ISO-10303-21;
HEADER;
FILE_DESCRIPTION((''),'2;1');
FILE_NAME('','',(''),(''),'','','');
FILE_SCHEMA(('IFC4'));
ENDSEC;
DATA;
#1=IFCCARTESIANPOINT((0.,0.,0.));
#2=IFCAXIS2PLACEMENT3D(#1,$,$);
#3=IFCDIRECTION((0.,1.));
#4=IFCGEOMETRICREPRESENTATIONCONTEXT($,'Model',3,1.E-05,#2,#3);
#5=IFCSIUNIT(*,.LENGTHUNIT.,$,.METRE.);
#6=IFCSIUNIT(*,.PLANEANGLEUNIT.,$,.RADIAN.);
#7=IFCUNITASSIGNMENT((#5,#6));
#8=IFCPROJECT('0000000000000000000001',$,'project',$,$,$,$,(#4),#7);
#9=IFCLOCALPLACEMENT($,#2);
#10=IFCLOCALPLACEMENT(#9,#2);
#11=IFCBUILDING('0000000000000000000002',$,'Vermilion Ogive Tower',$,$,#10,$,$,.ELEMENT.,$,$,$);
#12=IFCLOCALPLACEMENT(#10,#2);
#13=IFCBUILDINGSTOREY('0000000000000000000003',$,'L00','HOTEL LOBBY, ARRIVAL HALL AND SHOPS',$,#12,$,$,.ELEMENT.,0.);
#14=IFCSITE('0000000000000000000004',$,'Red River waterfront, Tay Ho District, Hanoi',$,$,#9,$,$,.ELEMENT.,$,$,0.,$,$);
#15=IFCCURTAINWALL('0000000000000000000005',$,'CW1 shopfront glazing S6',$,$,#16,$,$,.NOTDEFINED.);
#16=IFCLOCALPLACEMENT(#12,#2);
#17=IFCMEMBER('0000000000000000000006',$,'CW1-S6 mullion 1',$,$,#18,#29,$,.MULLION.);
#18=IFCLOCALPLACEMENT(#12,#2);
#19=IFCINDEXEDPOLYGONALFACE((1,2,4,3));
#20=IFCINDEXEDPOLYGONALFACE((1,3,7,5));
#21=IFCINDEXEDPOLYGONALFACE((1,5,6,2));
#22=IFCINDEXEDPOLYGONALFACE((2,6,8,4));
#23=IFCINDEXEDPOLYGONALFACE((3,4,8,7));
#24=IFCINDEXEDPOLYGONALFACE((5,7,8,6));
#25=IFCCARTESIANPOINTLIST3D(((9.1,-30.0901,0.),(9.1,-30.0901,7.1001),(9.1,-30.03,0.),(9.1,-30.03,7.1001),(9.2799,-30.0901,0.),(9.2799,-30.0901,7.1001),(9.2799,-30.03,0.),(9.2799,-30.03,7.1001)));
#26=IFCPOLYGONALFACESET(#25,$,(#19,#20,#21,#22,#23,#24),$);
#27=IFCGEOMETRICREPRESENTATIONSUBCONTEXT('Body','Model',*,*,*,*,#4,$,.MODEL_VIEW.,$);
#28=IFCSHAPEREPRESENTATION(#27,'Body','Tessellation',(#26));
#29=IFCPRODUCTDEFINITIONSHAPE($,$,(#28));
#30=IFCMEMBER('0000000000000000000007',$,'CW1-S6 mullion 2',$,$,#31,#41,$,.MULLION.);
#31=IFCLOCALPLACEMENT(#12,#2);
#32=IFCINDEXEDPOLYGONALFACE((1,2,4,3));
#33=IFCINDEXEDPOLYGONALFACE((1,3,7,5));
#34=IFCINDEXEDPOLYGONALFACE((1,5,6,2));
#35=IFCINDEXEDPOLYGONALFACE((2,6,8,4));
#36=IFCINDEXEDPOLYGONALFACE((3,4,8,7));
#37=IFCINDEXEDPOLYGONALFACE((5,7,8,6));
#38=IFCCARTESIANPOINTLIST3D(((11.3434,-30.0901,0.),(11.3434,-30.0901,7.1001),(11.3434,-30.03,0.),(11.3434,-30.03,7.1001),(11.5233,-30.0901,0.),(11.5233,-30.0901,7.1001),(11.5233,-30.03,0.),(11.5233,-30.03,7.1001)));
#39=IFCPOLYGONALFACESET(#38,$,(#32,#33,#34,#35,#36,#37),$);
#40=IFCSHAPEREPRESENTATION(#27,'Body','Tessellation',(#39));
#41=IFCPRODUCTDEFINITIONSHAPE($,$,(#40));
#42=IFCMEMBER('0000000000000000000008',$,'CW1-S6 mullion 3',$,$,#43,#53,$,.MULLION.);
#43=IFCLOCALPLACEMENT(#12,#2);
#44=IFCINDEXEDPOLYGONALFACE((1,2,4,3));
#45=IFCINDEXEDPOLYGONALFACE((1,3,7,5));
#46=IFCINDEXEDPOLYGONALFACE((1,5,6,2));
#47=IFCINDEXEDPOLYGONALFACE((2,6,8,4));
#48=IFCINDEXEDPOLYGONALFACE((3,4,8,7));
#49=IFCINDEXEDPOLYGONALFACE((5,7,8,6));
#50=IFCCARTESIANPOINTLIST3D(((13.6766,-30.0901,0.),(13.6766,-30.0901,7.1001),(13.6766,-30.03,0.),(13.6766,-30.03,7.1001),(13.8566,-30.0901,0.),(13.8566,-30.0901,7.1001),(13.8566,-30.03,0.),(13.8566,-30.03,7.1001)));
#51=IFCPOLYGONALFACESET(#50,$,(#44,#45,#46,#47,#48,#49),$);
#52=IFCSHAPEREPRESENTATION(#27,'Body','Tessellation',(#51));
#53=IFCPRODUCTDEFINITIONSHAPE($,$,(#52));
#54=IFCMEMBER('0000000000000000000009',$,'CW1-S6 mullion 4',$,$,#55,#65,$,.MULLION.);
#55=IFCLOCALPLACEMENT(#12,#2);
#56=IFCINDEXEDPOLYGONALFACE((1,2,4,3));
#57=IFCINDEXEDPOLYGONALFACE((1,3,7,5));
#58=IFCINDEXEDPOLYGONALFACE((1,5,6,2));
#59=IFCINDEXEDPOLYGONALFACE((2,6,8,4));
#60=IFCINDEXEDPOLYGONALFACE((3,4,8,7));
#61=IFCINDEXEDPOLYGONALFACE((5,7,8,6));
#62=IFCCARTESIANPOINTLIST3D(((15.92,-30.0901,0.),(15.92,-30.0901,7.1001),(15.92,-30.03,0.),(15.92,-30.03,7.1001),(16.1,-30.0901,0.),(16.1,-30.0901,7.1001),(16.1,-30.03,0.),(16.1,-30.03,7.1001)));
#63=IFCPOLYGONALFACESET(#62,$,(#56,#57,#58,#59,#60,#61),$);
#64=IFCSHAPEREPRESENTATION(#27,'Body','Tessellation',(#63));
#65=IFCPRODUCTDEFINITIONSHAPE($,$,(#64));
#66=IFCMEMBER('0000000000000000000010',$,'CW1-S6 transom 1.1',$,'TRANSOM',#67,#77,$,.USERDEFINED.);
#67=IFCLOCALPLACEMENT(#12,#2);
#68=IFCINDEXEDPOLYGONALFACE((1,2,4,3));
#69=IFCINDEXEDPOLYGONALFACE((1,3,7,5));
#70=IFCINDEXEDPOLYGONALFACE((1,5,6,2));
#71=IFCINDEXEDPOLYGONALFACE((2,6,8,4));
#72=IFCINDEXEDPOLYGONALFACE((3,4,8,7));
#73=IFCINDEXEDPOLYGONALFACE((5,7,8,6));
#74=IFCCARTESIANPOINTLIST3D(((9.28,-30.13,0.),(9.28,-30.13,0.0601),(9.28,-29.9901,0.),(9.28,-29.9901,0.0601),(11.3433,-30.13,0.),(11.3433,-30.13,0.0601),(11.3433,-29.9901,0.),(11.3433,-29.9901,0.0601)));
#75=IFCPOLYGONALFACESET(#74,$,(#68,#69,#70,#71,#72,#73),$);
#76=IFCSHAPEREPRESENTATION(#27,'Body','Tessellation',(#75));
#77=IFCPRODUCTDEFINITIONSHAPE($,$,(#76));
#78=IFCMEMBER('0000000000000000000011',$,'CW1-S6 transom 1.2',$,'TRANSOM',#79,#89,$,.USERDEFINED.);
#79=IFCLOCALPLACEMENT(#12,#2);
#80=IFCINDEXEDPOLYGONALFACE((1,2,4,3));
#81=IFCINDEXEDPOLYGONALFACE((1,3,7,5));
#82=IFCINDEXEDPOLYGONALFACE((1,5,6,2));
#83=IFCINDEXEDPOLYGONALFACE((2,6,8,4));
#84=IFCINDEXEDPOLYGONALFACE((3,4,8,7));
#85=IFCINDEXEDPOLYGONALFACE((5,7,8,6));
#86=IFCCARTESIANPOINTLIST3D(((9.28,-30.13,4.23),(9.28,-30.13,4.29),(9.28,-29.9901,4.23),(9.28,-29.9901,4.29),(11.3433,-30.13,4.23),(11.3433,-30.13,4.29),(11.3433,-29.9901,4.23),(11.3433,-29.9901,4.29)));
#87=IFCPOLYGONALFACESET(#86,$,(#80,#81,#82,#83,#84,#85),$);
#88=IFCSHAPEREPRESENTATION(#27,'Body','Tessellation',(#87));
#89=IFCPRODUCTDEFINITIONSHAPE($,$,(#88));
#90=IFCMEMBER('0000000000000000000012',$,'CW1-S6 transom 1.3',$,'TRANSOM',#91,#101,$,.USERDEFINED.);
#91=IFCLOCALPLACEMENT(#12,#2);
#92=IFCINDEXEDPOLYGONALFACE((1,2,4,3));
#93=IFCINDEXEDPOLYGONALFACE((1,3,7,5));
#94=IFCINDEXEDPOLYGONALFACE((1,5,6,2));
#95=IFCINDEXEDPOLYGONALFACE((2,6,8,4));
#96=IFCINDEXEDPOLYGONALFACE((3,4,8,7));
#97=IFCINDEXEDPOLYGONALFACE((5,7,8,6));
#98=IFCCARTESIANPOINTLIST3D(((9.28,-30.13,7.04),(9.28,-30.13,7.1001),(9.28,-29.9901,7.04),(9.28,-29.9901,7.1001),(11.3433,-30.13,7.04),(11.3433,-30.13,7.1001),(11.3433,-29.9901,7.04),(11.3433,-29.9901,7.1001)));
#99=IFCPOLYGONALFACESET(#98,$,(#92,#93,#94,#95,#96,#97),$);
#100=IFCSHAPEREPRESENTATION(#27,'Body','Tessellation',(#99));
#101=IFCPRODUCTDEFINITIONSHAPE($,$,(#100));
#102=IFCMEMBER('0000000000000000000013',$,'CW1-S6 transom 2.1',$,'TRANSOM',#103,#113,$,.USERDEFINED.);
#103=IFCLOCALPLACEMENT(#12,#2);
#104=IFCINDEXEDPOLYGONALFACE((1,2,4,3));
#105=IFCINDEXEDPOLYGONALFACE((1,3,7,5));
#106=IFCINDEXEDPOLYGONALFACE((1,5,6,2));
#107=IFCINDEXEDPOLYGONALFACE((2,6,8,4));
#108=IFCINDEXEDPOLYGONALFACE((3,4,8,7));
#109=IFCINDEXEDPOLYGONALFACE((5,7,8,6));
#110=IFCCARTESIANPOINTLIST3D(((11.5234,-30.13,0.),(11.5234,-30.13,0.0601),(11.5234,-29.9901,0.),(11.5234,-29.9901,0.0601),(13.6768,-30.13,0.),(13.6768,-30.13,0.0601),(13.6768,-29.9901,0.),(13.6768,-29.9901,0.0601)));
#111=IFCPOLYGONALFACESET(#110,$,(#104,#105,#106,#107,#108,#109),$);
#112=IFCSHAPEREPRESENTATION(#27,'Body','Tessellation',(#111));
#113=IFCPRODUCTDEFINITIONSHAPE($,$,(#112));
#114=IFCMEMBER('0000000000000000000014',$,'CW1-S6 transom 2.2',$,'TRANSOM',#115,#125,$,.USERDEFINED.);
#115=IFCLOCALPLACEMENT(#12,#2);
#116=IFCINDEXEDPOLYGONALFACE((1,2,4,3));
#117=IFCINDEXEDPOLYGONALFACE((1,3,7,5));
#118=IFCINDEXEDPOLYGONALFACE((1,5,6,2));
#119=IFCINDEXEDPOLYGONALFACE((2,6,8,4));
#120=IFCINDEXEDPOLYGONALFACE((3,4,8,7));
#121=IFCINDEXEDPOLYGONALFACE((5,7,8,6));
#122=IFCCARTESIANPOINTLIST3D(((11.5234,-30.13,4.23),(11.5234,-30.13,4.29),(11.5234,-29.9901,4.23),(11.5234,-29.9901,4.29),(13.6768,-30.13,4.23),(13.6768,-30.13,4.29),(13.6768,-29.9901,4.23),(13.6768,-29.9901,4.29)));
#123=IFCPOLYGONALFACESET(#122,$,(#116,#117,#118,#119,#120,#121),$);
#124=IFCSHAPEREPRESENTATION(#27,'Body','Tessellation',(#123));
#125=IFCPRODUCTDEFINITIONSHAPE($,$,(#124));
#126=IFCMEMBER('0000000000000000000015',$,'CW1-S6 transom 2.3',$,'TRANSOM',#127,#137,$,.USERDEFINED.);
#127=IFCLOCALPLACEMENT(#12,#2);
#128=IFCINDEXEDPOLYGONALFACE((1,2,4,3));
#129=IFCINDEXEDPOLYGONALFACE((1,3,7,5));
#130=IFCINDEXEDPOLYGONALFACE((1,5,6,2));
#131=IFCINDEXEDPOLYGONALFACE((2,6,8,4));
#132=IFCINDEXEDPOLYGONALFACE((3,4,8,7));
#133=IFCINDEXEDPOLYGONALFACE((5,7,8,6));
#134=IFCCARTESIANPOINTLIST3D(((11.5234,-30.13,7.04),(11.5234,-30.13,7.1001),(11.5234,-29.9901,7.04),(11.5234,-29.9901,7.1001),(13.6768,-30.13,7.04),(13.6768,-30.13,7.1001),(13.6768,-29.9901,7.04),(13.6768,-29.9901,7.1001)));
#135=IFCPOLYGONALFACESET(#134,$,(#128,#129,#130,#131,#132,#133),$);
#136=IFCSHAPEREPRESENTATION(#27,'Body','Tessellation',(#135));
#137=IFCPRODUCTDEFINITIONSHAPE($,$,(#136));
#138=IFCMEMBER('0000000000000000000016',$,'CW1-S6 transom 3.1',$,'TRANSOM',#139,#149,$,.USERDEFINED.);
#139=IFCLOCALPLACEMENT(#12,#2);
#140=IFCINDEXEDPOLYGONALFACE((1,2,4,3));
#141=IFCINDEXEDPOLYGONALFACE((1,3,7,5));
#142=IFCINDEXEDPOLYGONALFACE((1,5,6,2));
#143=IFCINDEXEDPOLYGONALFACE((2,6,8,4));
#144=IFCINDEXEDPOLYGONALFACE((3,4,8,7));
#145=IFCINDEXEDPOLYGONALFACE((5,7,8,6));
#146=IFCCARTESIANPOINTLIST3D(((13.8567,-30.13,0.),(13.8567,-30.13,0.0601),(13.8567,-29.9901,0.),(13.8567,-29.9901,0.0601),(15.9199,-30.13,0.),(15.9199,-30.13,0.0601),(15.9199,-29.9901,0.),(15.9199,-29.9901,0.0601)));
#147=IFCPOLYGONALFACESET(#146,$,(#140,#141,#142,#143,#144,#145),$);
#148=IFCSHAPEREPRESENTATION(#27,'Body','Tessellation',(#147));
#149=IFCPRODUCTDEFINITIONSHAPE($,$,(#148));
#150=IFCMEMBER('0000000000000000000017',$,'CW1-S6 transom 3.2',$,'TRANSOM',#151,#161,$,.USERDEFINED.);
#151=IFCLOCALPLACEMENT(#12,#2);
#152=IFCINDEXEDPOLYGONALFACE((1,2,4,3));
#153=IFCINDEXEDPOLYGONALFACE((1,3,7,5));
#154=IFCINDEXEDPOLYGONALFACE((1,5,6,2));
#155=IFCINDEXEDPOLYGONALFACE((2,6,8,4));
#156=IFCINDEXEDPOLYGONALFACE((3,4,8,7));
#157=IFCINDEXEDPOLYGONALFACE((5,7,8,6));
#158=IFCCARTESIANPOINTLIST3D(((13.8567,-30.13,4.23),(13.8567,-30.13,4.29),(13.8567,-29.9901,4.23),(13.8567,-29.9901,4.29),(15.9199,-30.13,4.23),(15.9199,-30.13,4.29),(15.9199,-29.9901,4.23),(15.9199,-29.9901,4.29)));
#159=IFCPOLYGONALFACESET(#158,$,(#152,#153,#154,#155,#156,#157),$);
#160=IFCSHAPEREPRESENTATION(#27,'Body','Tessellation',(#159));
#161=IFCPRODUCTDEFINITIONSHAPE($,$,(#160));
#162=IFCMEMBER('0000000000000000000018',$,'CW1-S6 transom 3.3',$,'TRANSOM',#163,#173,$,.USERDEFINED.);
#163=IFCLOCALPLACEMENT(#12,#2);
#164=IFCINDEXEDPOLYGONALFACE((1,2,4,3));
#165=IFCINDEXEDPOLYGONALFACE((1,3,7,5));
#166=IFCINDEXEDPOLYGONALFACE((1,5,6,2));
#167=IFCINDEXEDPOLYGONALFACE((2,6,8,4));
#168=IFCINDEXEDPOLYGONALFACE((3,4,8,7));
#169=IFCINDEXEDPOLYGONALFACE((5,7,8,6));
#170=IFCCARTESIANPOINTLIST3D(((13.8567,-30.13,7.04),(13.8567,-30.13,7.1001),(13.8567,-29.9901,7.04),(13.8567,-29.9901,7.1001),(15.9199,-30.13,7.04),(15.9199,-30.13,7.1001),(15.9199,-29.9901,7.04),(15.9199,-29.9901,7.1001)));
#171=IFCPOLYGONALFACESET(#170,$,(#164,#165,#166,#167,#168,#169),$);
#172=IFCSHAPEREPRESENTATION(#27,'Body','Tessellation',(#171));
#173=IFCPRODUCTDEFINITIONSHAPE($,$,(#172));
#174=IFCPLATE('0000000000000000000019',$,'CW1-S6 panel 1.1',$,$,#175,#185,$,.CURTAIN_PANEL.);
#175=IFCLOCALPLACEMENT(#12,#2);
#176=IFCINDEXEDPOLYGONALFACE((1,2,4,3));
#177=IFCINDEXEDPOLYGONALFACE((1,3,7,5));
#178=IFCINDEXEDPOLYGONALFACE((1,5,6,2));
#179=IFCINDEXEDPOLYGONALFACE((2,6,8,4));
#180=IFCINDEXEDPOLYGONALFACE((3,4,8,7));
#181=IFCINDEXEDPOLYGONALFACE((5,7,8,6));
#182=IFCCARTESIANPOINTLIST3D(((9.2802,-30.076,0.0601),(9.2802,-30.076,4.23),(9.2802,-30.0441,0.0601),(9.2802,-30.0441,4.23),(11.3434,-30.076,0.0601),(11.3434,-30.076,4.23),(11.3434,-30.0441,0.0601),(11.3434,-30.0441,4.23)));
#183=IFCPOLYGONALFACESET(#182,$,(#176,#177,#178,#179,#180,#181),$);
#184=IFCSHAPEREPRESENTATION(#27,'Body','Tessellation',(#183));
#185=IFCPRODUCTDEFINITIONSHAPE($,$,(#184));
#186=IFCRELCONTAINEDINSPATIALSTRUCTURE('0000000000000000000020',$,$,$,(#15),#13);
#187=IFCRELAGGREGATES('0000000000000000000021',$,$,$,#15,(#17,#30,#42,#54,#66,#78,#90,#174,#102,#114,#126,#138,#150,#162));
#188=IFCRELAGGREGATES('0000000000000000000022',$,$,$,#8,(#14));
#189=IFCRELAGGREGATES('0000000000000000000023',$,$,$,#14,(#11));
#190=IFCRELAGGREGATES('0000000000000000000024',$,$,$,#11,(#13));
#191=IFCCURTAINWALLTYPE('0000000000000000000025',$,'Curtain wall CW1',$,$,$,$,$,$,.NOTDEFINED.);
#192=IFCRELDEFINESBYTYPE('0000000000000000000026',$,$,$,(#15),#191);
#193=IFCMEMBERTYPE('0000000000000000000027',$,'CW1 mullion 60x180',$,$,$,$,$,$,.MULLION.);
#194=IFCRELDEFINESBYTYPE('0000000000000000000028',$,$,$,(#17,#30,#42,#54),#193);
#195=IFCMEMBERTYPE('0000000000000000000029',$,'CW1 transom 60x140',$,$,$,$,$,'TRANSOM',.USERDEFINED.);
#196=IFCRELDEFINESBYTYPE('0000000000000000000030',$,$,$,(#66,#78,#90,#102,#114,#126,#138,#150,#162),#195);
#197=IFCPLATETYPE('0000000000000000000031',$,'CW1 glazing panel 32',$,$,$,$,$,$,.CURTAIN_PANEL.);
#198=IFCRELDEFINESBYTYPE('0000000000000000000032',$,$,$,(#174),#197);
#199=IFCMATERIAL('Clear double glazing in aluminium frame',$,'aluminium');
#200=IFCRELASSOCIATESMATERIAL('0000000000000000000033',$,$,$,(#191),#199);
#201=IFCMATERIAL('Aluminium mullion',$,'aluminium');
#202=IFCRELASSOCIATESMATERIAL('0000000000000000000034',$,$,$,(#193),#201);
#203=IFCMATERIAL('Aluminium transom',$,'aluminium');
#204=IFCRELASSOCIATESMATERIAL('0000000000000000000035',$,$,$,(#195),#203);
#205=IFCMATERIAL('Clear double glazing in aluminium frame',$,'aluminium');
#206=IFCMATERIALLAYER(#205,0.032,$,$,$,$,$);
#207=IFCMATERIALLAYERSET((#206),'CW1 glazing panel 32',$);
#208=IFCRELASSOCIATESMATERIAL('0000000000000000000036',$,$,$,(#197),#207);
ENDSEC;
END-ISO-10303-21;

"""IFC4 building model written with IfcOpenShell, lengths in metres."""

from ifc_helpers import new_model, si_unit, direction, frame, origin, origin_2d, place, context, subcontext, project, spatial, rectangle, extrude, material, layer, layer_set, material_profile, profile_set, type_object, element, aggregate, save


model = new_model("IFC4")

# Units and contexts
model_context = context("Model", 3, precision=1e-05, world=origin(), true_north=direction((0.0, 1.0)))
body_context = subcontext(model_context, "Body", "Model", "MODEL_VIEW")
ifc_project = project(units=[si_unit("LENGTHUNIT", "METRE"), si_unit("PLANEANGLEUNIT", "RADIAN")], contexts=[model_context])

# Site, building, storey
site_placement = place(None, origin())
site = spatial("IfcSite", under=ifc_project, at=site_placement, Name="Red River waterfront, Tay Ho District, Hanoi", CompositionType="ELEMENT", RefElevation=0.0)
building_placement = place(site_placement, origin())
building = spatial("IfcBuilding", under=site, at=building_placement, Name="Vermilion Ogive Tower", CompositionType="ELEMENT")
storey_placement = place(building_placement, origin())
storey = spatial("IfcBuildingStorey", under=building, at=storey_placement, Name="L00", Description="HOTEL LOBBY, ARRIVAL HALL AND SHOPS", CompositionType="ELEMENT", Elevation=0.0)

# Curtain wall, members, plate
ifc_material_1 = material(Name="Clear double glazing in aluminium frame", Category="aluminium")
curtain_wall_type = type_object("IfcCurtainWallType", Name="Curtain wall CW1", PredefinedType="NOTDEFINED", material=ifc_material_1)
curtain_wall_placement = place(storey_placement, origin())
curtain_wall = element("IfcCurtainWall", 1, at=curtain_wall_placement, inside=storey, type_object=curtain_wall_type, Name="CW1 shopfront glazing S6", PredefinedType="NOTDEFINED")
ifc_material_2 = material(Name="Aluminium mullion", Category="aluminium")
ifc_material_profile_1 = material_profile(ifc_material_2, rectangle(XDim=0.0601, YDim=0.1799, at=origin_2d()), Name="AL 60x180")
ifc_profile_set_1 = profile_set([ifc_material_profile_1], Name="Aluminium mullion")
member_type_1 = type_object("IfcMemberType", Name="CW1 mullion 60x180", PredefinedType="MULLION", material=ifc_profile_set_1)
member_1_placement = place(storey_placement, frame((9.1899, -30.0601, 0.0), z_axis=(0.0, 0.0, 1.0), x_axis=(0.0, 1.0, 0.0)))
member_1 = element("IfcMember", 2, at=member_1_placement, type_object=member_type_1, Name="CW1-S6 mullion 1", PredefinedType="MULLION", context=body_context, shape_type="SweptSolid", body=[
    extrude(rectangle(XDim=0.0601, YDim=0.1799, at=origin_2d()), origin(), (0.0, 0.0, 1.0), 7.1001),
])
member_2_placement = place(storey_placement, frame((11.4333, -30.0601, 0.0), z_axis=(0.0, 0.0, 1.0), x_axis=(0.0, 1.0, 0.0)))
member_2 = element("IfcMember", 3, at=member_2_placement, type_object=member_type_1, Name="CW1-S6 mullion 2", PredefinedType="MULLION", context=body_context, shape_type="SweptSolid", body=[
    extrude(rectangle(XDim=0.0601, YDim=0.1799, at=origin_2d()), origin(), (0.0, 0.0, 1.0), 7.1001),
])
member_3_placement = place(storey_placement, frame((13.7666, -30.0601, 0.0), z_axis=(0.0, 0.0, 1.0), x_axis=(0.0, 1.0, 0.0)))
member_3 = element("IfcMember", 4, at=member_3_placement, type_object=member_type_1, Name="CW1-S6 mullion 3", PredefinedType="MULLION", context=body_context, shape_type="SweptSolid", body=[
    extrude(rectangle(XDim=0.0601, YDim=0.1799, at=origin_2d()), origin(), (0.0, 0.0, 1.0), 7.1001),
])
member_4_placement = place(storey_placement, frame((16.01, -30.0601, 0.0), z_axis=(0.0, 0.0, 1.0), x_axis=(0.0, 1.0, 0.0)))
member_4 = element("IfcMember", 5, at=member_4_placement, type_object=member_type_1, Name="CW1-S6 mullion 4", PredefinedType="MULLION", context=body_context, shape_type="SweptSolid", body=[
    extrude(rectangle(XDim=0.0601, YDim=0.1799, at=origin_2d()), origin(), (0.0, 0.0, 1.0), 7.1001),
])
ifc_material_3 = material(Name="Aluminium transom", Category="aluminium")
ifc_material_profile_2 = material_profile(ifc_material_3, rectangle(XDim=0.1399, YDim=0.0601, at=origin_2d()), Name="AL 60x140")
ifc_profile_set_2 = profile_set([ifc_material_profile_2], Name="Aluminium transom")
member_type_2 = type_object("IfcMemberType", Name="CW1 transom 60x140", ElementType="TRANSOM", PredefinedType="USERDEFINED", material=ifc_profile_set_2)
member_5_placement = place(storey_placement, frame((9.28, -30.0601, 0.03), z_axis=(1.0, 0.0, 0.0), x_axis=(0.0, 1.0, 0.0)))
member_5 = element("IfcMember", 6, at=member_5_placement, type_object=member_type_2, Name="CW1-S6 transom 1.1", ObjectType="TRANSOM", PredefinedType="USERDEFINED", context=body_context, shape_type="SweptSolid", body=[
    extrude(rectangle(XDim=0.1399, YDim=0.0601, at=origin_2d()), origin(), (0.0, 0.0, 1.0), 2.0632),
])
member_6_placement = place(storey_placement, frame((9.28, -30.0601, 4.26), z_axis=(1.0, 0.0, 0.0), x_axis=(0.0, 1.0, 0.0)))
member_6 = element("IfcMember", 7, at=member_6_placement, type_object=member_type_2, Name="CW1-S6 transom 1.2", ObjectType="TRANSOM", PredefinedType="USERDEFINED", context=body_context, shape_type="SweptSolid", body=[
    extrude(rectangle(XDim=0.1399, YDim=0.0601, at=origin_2d()), origin(), (0.0, 0.0, 1.0), 2.0632),
])
member_7_placement = place(storey_placement, frame((9.28, -30.0601, 7.0701), z_axis=(1.0, 0.0, 0.0), x_axis=(0.0, 1.0, 0.0)))
member_7 = element("IfcMember", 8, at=member_7_placement, type_object=member_type_2, Name="CW1-S6 transom 1.3", ObjectType="TRANSOM", PredefinedType="USERDEFINED", context=body_context, shape_type="SweptSolid", body=[
    extrude(rectangle(XDim=0.1399, YDim=0.0601, at=origin_2d()), origin(), (0.0, 0.0, 1.0), 2.0632),
])
member_8_placement = place(storey_placement, frame((11.5234, -30.0601, 0.03), z_axis=(1.0, 0.0, 0.0), x_axis=(0.0, 1.0, 0.0)))
member_8 = element("IfcMember", 9, at=member_8_placement, type_object=member_type_2, Name="CW1-S6 transom 2.1", ObjectType="TRANSOM", PredefinedType="USERDEFINED", context=body_context, shape_type="SweptSolid", body=[
    extrude(rectangle(XDim=0.1399, YDim=0.0601, at=origin_2d()), origin(), (0.0, 0.0, 1.0), 2.1533),
])
member_9_placement = place(storey_placement, frame((11.5234, -30.0601, 4.26), z_axis=(1.0, 0.0, 0.0), x_axis=(0.0, 1.0, 0.0)))
member_9 = element("IfcMember", 10, at=member_9_placement, type_object=member_type_2, Name="CW1-S6 transom 2.2", ObjectType="TRANSOM", PredefinedType="USERDEFINED", context=body_context, shape_type="SweptSolid", body=[
    extrude(rectangle(XDim=0.1399, YDim=0.0601, at=origin_2d()), origin(), (0.0, 0.0, 1.0), 2.1533),
])
member_10_placement = place(storey_placement, frame((11.5234, -30.0601, 7.0701), z_axis=(1.0, 0.0, 0.0), x_axis=(0.0, 1.0, 0.0)))
member_10 = element("IfcMember", 11, at=member_10_placement, type_object=member_type_2, Name="CW1-S6 transom 2.3", ObjectType="TRANSOM", PredefinedType="USERDEFINED", context=body_context, shape_type="SweptSolid", body=[
    extrude(rectangle(XDim=0.1399, YDim=0.0601, at=origin_2d()), origin(), (0.0, 0.0, 1.0), 2.1533),
])
member_11_placement = place(storey_placement, frame((13.8567, -30.0601, 0.03), z_axis=(1.0, 0.0, 0.0), x_axis=(0.0, 1.0, 0.0)))
member_11 = element("IfcMember", 12, at=member_11_placement, type_object=member_type_2, Name="CW1-S6 transom 3.1", ObjectType="TRANSOM", PredefinedType="USERDEFINED", context=body_context, shape_type="SweptSolid", body=[
    extrude(rectangle(XDim=0.1399, YDim=0.0601, at=origin_2d()), origin(), (0.0, 0.0, 1.0), 2.0632),
])
member_12_placement = place(storey_placement, frame((13.8567, -30.0601, 4.26), z_axis=(1.0, 0.0, 0.0), x_axis=(0.0, 1.0, 0.0)))
member_12 = element("IfcMember", 13, at=member_12_placement, type_object=member_type_2, Name="CW1-S6 transom 3.2", ObjectType="TRANSOM", PredefinedType="USERDEFINED", context=body_context, shape_type="SweptSolid", body=[
    extrude(rectangle(XDim=0.1399, YDim=0.0601, at=origin_2d()), origin(), (0.0, 0.0, 1.0), 2.0632),
])
member_13_placement = place(storey_placement, frame((13.8567, -30.0601, 7.0701), z_axis=(1.0, 0.0, 0.0), x_axis=(0.0, 1.0, 0.0)))
member_13 = element("IfcMember", 14, at=member_13_placement, type_object=member_type_2, Name="CW1-S6 transom 3.3", ObjectType="TRANSOM", PredefinedType="USERDEFINED", context=body_context, shape_type="SweptSolid", body=[
    extrude(rectangle(XDim=0.1399, YDim=0.0601, at=origin_2d()), origin(), (0.0, 0.0, 1.0), 2.0632),
])
ifc_material_4 = material(Name="Clear double glazing in aluminium frame", Category="aluminium")
ifc_layer_1 = layer(ifc_material_4, 0.032)
ifc_layer_set_1 = layer_set([ifc_layer_1], Name="CW1 glazing panel 32")
plate_type = type_object("IfcPlateType", Name="CW1 glazing panel 32", PredefinedType="CURTAIN_PANEL", material=ifc_layer_set_1)
plate_1_placement = place(storey_placement, frame((10.3118, -30.0601, 0.0601), z_axis=(0.0, 0.0, 1.0), x_axis=(1.0, 0.0, 0.0)))
plate_1 = element("IfcPlate", 15, at=plate_1_placement, type_object=plate_type, Name="CW1-S6 panel 1.1", PredefinedType="CURTAIN_PANEL", context=body_context, shape_type="SweptSolid", body=[
    extrude(rectangle(XDim=2.0632, YDim=0.032, at=origin_2d()), origin(), (0.0, 0.0, 1.0), 4.1699),
])
aggregate(curtain_wall, [member_1, member_2, member_3, member_4, member_5, member_6, member_7, plate_1, member_8, member_9, member_10, member_11, member_12, member_13])

save(model, "model.ifc")
